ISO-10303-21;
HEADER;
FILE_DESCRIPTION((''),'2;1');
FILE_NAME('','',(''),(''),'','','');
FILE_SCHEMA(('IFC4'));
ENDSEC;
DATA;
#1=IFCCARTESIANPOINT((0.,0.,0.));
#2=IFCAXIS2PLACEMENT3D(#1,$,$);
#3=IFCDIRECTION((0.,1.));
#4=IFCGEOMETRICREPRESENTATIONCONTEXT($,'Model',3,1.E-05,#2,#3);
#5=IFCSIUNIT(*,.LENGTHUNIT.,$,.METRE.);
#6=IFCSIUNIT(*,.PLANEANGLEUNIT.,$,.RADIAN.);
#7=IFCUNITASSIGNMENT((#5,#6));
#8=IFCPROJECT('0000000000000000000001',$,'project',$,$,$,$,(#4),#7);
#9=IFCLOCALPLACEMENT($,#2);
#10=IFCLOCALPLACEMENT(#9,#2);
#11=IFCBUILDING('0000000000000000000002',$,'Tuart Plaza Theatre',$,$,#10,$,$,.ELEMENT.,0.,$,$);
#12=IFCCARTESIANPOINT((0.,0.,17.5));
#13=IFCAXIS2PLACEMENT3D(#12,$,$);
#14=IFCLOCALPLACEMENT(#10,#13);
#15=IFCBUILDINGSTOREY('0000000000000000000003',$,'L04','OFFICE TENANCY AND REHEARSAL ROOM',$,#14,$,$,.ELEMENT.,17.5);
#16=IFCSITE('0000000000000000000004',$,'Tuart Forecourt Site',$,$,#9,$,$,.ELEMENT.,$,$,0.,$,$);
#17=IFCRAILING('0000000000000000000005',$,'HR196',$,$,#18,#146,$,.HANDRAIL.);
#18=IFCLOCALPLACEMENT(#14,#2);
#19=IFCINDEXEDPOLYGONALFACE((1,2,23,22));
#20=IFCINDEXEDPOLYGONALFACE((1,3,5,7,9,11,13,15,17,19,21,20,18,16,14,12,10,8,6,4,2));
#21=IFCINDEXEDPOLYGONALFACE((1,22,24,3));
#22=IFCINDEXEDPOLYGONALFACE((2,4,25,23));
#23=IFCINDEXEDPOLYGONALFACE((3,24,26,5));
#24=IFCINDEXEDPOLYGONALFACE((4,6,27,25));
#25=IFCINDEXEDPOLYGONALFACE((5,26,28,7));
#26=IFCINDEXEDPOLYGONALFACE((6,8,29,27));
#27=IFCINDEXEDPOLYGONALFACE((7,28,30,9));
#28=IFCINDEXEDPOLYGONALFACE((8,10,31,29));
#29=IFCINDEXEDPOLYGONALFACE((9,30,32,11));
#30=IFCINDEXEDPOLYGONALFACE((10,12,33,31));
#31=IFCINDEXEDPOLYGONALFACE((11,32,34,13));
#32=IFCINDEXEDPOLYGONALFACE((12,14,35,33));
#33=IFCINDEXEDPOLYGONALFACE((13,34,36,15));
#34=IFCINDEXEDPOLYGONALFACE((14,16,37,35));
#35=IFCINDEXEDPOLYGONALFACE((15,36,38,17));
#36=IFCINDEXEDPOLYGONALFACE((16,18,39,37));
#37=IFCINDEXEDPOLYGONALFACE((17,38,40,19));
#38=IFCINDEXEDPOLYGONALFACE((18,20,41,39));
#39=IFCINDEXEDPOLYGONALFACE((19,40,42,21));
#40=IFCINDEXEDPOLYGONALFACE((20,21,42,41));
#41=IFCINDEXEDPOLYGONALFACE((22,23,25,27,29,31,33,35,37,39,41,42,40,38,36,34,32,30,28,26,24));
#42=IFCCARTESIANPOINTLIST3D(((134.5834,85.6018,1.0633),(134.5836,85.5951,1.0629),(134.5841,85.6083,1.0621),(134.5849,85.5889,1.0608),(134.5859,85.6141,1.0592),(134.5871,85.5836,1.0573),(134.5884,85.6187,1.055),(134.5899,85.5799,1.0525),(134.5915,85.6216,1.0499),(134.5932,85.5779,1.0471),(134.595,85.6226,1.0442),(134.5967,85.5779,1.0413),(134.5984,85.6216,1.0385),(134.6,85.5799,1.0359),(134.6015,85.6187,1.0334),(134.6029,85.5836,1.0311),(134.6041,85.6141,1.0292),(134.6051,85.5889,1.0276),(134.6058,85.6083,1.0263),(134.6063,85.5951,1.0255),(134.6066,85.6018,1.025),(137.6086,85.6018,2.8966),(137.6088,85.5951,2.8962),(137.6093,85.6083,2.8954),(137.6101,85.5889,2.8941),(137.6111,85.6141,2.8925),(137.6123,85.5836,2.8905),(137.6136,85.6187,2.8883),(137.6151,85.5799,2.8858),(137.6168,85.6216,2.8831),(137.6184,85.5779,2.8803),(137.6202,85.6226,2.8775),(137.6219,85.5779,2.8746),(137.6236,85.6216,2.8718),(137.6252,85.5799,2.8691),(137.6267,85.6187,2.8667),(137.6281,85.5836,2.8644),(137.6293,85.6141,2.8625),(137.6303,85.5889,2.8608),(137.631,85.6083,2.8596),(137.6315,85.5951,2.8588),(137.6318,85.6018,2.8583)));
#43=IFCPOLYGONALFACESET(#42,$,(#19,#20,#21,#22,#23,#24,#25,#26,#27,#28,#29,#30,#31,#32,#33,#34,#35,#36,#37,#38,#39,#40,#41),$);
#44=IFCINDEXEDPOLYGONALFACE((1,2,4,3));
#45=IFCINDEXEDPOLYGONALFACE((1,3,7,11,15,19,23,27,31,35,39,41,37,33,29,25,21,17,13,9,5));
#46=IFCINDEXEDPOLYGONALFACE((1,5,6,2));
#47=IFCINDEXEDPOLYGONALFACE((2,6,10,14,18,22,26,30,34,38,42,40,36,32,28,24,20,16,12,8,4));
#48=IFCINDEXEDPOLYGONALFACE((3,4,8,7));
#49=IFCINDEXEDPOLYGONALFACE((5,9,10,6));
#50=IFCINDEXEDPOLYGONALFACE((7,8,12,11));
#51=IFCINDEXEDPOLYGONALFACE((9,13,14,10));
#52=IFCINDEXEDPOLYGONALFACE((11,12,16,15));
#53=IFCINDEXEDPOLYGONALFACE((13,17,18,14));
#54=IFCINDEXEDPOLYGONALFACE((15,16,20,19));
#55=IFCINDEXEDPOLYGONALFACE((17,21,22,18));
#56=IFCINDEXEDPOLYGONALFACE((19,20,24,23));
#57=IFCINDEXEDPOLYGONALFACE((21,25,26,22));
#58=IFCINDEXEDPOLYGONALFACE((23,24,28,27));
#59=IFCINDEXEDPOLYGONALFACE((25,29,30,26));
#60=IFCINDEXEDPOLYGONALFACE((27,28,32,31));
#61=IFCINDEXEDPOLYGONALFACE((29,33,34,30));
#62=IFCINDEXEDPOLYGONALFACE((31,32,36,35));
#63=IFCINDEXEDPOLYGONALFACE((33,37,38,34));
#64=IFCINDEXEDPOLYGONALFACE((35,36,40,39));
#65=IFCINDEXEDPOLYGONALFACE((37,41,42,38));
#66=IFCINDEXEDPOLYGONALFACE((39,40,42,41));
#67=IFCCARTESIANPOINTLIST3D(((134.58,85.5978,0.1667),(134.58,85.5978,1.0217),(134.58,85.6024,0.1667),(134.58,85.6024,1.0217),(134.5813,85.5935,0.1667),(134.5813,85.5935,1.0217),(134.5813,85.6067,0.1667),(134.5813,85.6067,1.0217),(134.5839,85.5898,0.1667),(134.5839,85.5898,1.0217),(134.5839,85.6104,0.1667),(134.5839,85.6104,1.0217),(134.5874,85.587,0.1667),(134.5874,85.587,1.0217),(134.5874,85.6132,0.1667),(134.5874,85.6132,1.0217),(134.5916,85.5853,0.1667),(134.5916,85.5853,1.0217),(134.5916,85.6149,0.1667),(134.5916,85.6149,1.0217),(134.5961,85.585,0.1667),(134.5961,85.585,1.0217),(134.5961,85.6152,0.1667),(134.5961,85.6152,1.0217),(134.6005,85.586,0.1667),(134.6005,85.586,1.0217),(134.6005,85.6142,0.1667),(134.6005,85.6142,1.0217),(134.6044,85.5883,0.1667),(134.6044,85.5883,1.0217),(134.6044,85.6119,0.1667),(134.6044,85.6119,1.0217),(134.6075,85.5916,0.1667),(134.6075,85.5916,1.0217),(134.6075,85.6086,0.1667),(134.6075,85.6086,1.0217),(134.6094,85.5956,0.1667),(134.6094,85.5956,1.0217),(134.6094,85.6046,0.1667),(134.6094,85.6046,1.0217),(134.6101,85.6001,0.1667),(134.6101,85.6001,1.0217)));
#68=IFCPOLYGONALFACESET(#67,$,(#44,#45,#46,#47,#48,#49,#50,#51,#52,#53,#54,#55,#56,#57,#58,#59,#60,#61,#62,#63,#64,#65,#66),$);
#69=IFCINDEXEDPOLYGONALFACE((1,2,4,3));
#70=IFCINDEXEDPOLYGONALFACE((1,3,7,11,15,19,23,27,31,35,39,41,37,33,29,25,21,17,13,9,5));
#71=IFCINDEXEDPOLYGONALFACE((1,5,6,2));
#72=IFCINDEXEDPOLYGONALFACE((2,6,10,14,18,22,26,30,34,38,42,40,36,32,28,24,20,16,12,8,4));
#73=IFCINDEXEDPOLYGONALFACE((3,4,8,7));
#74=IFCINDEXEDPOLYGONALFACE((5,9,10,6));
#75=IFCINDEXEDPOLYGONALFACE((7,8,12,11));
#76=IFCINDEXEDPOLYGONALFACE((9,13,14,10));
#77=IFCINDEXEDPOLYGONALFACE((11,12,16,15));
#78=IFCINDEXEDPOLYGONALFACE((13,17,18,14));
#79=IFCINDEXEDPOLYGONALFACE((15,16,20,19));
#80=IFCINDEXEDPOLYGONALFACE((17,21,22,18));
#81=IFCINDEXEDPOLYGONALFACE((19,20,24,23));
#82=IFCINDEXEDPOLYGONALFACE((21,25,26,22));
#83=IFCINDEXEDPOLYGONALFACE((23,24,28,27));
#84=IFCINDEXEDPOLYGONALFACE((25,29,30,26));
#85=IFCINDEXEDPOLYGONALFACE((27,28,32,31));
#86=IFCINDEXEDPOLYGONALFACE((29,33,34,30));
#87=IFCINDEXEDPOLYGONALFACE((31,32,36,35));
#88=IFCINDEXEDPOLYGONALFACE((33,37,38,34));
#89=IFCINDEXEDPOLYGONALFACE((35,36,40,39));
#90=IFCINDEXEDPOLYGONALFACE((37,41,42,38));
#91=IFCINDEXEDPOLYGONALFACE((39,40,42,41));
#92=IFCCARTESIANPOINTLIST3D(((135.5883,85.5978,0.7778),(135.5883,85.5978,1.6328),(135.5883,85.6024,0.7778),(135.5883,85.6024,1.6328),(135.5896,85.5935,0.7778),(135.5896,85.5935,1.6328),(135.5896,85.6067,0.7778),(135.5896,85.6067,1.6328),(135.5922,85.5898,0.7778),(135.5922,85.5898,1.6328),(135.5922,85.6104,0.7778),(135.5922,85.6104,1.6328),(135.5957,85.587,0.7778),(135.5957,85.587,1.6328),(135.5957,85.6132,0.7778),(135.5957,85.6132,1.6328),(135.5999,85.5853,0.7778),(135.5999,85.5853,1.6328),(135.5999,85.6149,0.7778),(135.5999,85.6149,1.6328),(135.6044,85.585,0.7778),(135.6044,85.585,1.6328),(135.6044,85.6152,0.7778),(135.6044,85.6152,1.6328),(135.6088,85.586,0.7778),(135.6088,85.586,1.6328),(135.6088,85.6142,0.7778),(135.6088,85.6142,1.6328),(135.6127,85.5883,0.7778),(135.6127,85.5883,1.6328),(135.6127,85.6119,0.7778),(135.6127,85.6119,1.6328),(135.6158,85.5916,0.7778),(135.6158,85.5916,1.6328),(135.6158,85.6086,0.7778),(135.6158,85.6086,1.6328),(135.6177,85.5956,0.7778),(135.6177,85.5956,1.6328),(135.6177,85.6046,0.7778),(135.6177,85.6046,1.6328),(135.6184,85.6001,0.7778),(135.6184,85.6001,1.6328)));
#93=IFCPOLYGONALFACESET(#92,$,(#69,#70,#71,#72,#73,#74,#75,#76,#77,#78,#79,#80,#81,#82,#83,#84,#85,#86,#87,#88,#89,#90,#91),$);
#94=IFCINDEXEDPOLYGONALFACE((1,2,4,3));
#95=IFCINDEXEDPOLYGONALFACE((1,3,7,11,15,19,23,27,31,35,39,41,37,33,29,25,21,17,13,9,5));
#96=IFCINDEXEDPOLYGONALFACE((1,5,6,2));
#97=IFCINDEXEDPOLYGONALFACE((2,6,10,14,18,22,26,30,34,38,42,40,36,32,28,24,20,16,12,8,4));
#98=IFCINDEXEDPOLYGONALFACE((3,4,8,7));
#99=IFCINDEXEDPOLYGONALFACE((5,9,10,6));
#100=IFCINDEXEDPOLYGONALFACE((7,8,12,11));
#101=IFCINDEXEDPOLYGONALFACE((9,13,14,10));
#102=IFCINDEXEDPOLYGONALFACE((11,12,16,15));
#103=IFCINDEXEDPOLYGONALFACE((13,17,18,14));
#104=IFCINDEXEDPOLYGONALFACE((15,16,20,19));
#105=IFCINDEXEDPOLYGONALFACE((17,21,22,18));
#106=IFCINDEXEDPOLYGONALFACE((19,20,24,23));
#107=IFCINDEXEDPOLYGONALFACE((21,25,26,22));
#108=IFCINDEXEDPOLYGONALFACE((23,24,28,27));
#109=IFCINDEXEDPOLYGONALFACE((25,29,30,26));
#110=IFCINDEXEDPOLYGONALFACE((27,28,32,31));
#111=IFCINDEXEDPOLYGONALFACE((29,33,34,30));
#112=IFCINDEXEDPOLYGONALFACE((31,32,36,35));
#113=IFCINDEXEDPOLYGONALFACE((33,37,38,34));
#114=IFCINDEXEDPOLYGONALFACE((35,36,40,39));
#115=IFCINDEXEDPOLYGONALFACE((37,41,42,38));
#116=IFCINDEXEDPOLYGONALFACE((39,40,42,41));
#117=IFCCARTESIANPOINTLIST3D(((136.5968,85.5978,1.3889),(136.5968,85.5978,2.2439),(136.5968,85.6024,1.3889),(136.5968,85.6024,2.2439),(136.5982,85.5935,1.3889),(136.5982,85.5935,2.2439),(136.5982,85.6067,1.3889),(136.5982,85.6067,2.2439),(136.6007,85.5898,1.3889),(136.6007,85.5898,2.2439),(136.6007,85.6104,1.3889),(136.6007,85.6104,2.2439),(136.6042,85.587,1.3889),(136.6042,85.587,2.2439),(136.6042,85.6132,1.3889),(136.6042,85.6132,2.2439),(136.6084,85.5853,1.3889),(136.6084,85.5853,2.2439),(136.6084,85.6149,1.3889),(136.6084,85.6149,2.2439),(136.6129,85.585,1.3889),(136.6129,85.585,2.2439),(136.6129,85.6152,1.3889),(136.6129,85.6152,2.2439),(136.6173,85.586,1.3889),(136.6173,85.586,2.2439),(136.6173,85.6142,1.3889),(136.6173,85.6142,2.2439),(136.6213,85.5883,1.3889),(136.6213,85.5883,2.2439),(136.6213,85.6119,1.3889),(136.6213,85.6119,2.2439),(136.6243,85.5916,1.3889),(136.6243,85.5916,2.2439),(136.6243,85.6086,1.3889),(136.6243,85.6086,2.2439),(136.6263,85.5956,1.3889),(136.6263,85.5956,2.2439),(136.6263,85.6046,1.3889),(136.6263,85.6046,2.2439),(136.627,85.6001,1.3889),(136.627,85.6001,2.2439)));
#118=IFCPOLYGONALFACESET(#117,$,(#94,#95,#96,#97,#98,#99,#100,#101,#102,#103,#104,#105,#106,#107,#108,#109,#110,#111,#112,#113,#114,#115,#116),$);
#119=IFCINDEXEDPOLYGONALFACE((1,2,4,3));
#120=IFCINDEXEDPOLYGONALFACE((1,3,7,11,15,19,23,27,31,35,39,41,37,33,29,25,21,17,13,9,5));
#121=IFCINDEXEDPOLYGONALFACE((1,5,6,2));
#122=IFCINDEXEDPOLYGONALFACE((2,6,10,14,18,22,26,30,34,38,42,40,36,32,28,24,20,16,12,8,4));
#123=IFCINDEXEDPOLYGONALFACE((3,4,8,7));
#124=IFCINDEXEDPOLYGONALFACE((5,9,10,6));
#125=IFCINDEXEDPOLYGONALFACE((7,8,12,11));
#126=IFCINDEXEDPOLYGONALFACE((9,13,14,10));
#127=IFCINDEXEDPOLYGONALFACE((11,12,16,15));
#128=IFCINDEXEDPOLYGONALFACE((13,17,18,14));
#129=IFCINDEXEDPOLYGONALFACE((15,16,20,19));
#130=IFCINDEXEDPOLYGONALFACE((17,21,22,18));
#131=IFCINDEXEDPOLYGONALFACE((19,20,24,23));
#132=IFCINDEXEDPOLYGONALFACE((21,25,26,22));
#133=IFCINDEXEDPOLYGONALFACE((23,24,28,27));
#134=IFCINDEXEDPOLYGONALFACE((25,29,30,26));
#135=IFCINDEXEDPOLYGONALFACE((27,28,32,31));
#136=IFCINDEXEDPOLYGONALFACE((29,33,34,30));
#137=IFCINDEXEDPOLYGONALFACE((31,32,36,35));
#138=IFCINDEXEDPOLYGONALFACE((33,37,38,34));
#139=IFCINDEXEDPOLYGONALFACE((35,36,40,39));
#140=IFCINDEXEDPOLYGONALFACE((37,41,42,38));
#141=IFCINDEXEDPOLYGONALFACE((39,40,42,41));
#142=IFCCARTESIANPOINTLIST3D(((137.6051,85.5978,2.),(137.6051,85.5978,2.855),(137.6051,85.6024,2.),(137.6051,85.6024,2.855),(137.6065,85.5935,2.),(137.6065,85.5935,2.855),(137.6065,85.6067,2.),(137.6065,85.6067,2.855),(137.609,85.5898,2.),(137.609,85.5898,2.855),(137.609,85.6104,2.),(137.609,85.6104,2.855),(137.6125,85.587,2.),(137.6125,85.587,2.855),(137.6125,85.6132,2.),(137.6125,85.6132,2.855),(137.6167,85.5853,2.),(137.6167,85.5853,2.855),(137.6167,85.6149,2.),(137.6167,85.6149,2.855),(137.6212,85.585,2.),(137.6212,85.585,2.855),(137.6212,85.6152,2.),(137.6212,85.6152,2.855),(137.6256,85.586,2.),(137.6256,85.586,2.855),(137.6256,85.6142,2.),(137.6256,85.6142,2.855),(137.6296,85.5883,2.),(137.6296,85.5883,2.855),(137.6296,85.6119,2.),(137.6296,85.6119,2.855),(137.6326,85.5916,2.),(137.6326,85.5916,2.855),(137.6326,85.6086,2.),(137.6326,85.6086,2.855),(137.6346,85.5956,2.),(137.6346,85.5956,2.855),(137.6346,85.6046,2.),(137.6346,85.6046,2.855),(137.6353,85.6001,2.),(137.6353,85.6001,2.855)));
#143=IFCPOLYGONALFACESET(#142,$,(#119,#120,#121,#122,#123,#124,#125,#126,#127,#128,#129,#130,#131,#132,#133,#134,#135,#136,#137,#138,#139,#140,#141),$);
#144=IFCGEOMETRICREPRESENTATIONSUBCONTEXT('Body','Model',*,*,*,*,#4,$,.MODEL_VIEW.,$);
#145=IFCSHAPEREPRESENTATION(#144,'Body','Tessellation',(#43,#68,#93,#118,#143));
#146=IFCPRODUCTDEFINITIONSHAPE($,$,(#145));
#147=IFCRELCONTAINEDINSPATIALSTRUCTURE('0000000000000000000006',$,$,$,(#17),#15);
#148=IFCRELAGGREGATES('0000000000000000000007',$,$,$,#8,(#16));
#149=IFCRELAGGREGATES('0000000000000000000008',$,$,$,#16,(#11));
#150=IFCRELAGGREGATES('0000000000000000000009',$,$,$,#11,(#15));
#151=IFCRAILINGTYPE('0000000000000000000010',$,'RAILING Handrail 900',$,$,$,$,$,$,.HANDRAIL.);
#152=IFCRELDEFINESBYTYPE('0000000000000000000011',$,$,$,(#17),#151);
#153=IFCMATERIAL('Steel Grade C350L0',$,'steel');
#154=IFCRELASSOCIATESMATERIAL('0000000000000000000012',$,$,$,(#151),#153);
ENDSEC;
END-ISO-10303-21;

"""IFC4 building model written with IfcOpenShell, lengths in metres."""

from ifc_helpers import new_model, si_unit, direction, frame, origin, origin_2d, place, context, subcontext, project, spatial, circle, extrude, material, type_object, element, save


model = new_model("IFC4")

# Units and contexts
model_context = context("Model", 3, precision=1e-05, world=origin(), true_north=direction((0.0, 1.0)))
body_context = subcontext(model_context, "Body", "Model", "MODEL_VIEW")
ifc_project = project(units=[si_unit("LENGTHUNIT", "METRE"), si_unit("PLANEANGLEUNIT", "RADIAN")], contexts=[model_context])

# Site, building, storey
site_placement = place(None, origin())
site = spatial("IfcSite", under=ifc_project, at=site_placement, Name="Tuart Forecourt Site", CompositionType="ELEMENT", RefElevation=0.0)
building_placement = place(site_placement, origin())
building = spatial("IfcBuilding", under=site, at=building_placement, Name="Tuart Plaza Theatre", CompositionType="ELEMENT", ElevationOfRefHeight=0.0)
storey_placement = place(building_placement, frame((0.0, 0.0, 17.5)))
storey = spatial("IfcBuildingStorey", under=building, at=storey_placement, Name="L04", Description="OFFICE TENANCY AND REHEARSAL ROOM", CompositionType="ELEMENT", Elevation=17.5)

# Railing
ifc_material_1 = material(Name="Steel Grade C350L0", Category="steel")
railing_type_1 = type_object("IfcRailingType", Name="RAILING Handrail 900", PredefinedType="HANDRAIL", material=ifc_material_1)
for number, where, name in (
    (1, (134.595, 85.6001, 0.1667), "HR196"),
):
    element("IfcRailing", number, at=place(storey_placement, frame(where)), inside=storey, type_object=railing_type_1, Name=name, PredefinedType="HANDRAIL", context=body_context, shape_type="SweptSolid", body=[
        extrude(circle(Radius=0.0225, at=origin_2d()), frame((0.0, 0.0, 0.8774), z_axis=(0.855219, 0.0, 0.518267), x_axis=(0.0, 1.0, 0.0)), (0.0, 0.0, 1.0), 3.5374),
        extrude(circle(Radius=0.0151, at=origin_2d()), origin(), (0.0, 0.0, 1.0), 0.855),
        extrude(circle(Radius=0.0151, at=origin_2d()), frame((1.0083, 0.0, 0.6111)), (0.0, 0.0, 1.0), 0.855),
        extrude(circle(Radius=0.0151, at=origin_2d()), frame((2.0168, 0.0, 1.2222)), (0.0, 0.0, 1.0), 0.855),
        extrude(circle(Radius=0.0151, at=origin_2d()), frame((3.0251, 0.0, 1.8333)), (0.0, 0.0, 1.0), 0.855),
    ])

save(model, "model.ifc")
